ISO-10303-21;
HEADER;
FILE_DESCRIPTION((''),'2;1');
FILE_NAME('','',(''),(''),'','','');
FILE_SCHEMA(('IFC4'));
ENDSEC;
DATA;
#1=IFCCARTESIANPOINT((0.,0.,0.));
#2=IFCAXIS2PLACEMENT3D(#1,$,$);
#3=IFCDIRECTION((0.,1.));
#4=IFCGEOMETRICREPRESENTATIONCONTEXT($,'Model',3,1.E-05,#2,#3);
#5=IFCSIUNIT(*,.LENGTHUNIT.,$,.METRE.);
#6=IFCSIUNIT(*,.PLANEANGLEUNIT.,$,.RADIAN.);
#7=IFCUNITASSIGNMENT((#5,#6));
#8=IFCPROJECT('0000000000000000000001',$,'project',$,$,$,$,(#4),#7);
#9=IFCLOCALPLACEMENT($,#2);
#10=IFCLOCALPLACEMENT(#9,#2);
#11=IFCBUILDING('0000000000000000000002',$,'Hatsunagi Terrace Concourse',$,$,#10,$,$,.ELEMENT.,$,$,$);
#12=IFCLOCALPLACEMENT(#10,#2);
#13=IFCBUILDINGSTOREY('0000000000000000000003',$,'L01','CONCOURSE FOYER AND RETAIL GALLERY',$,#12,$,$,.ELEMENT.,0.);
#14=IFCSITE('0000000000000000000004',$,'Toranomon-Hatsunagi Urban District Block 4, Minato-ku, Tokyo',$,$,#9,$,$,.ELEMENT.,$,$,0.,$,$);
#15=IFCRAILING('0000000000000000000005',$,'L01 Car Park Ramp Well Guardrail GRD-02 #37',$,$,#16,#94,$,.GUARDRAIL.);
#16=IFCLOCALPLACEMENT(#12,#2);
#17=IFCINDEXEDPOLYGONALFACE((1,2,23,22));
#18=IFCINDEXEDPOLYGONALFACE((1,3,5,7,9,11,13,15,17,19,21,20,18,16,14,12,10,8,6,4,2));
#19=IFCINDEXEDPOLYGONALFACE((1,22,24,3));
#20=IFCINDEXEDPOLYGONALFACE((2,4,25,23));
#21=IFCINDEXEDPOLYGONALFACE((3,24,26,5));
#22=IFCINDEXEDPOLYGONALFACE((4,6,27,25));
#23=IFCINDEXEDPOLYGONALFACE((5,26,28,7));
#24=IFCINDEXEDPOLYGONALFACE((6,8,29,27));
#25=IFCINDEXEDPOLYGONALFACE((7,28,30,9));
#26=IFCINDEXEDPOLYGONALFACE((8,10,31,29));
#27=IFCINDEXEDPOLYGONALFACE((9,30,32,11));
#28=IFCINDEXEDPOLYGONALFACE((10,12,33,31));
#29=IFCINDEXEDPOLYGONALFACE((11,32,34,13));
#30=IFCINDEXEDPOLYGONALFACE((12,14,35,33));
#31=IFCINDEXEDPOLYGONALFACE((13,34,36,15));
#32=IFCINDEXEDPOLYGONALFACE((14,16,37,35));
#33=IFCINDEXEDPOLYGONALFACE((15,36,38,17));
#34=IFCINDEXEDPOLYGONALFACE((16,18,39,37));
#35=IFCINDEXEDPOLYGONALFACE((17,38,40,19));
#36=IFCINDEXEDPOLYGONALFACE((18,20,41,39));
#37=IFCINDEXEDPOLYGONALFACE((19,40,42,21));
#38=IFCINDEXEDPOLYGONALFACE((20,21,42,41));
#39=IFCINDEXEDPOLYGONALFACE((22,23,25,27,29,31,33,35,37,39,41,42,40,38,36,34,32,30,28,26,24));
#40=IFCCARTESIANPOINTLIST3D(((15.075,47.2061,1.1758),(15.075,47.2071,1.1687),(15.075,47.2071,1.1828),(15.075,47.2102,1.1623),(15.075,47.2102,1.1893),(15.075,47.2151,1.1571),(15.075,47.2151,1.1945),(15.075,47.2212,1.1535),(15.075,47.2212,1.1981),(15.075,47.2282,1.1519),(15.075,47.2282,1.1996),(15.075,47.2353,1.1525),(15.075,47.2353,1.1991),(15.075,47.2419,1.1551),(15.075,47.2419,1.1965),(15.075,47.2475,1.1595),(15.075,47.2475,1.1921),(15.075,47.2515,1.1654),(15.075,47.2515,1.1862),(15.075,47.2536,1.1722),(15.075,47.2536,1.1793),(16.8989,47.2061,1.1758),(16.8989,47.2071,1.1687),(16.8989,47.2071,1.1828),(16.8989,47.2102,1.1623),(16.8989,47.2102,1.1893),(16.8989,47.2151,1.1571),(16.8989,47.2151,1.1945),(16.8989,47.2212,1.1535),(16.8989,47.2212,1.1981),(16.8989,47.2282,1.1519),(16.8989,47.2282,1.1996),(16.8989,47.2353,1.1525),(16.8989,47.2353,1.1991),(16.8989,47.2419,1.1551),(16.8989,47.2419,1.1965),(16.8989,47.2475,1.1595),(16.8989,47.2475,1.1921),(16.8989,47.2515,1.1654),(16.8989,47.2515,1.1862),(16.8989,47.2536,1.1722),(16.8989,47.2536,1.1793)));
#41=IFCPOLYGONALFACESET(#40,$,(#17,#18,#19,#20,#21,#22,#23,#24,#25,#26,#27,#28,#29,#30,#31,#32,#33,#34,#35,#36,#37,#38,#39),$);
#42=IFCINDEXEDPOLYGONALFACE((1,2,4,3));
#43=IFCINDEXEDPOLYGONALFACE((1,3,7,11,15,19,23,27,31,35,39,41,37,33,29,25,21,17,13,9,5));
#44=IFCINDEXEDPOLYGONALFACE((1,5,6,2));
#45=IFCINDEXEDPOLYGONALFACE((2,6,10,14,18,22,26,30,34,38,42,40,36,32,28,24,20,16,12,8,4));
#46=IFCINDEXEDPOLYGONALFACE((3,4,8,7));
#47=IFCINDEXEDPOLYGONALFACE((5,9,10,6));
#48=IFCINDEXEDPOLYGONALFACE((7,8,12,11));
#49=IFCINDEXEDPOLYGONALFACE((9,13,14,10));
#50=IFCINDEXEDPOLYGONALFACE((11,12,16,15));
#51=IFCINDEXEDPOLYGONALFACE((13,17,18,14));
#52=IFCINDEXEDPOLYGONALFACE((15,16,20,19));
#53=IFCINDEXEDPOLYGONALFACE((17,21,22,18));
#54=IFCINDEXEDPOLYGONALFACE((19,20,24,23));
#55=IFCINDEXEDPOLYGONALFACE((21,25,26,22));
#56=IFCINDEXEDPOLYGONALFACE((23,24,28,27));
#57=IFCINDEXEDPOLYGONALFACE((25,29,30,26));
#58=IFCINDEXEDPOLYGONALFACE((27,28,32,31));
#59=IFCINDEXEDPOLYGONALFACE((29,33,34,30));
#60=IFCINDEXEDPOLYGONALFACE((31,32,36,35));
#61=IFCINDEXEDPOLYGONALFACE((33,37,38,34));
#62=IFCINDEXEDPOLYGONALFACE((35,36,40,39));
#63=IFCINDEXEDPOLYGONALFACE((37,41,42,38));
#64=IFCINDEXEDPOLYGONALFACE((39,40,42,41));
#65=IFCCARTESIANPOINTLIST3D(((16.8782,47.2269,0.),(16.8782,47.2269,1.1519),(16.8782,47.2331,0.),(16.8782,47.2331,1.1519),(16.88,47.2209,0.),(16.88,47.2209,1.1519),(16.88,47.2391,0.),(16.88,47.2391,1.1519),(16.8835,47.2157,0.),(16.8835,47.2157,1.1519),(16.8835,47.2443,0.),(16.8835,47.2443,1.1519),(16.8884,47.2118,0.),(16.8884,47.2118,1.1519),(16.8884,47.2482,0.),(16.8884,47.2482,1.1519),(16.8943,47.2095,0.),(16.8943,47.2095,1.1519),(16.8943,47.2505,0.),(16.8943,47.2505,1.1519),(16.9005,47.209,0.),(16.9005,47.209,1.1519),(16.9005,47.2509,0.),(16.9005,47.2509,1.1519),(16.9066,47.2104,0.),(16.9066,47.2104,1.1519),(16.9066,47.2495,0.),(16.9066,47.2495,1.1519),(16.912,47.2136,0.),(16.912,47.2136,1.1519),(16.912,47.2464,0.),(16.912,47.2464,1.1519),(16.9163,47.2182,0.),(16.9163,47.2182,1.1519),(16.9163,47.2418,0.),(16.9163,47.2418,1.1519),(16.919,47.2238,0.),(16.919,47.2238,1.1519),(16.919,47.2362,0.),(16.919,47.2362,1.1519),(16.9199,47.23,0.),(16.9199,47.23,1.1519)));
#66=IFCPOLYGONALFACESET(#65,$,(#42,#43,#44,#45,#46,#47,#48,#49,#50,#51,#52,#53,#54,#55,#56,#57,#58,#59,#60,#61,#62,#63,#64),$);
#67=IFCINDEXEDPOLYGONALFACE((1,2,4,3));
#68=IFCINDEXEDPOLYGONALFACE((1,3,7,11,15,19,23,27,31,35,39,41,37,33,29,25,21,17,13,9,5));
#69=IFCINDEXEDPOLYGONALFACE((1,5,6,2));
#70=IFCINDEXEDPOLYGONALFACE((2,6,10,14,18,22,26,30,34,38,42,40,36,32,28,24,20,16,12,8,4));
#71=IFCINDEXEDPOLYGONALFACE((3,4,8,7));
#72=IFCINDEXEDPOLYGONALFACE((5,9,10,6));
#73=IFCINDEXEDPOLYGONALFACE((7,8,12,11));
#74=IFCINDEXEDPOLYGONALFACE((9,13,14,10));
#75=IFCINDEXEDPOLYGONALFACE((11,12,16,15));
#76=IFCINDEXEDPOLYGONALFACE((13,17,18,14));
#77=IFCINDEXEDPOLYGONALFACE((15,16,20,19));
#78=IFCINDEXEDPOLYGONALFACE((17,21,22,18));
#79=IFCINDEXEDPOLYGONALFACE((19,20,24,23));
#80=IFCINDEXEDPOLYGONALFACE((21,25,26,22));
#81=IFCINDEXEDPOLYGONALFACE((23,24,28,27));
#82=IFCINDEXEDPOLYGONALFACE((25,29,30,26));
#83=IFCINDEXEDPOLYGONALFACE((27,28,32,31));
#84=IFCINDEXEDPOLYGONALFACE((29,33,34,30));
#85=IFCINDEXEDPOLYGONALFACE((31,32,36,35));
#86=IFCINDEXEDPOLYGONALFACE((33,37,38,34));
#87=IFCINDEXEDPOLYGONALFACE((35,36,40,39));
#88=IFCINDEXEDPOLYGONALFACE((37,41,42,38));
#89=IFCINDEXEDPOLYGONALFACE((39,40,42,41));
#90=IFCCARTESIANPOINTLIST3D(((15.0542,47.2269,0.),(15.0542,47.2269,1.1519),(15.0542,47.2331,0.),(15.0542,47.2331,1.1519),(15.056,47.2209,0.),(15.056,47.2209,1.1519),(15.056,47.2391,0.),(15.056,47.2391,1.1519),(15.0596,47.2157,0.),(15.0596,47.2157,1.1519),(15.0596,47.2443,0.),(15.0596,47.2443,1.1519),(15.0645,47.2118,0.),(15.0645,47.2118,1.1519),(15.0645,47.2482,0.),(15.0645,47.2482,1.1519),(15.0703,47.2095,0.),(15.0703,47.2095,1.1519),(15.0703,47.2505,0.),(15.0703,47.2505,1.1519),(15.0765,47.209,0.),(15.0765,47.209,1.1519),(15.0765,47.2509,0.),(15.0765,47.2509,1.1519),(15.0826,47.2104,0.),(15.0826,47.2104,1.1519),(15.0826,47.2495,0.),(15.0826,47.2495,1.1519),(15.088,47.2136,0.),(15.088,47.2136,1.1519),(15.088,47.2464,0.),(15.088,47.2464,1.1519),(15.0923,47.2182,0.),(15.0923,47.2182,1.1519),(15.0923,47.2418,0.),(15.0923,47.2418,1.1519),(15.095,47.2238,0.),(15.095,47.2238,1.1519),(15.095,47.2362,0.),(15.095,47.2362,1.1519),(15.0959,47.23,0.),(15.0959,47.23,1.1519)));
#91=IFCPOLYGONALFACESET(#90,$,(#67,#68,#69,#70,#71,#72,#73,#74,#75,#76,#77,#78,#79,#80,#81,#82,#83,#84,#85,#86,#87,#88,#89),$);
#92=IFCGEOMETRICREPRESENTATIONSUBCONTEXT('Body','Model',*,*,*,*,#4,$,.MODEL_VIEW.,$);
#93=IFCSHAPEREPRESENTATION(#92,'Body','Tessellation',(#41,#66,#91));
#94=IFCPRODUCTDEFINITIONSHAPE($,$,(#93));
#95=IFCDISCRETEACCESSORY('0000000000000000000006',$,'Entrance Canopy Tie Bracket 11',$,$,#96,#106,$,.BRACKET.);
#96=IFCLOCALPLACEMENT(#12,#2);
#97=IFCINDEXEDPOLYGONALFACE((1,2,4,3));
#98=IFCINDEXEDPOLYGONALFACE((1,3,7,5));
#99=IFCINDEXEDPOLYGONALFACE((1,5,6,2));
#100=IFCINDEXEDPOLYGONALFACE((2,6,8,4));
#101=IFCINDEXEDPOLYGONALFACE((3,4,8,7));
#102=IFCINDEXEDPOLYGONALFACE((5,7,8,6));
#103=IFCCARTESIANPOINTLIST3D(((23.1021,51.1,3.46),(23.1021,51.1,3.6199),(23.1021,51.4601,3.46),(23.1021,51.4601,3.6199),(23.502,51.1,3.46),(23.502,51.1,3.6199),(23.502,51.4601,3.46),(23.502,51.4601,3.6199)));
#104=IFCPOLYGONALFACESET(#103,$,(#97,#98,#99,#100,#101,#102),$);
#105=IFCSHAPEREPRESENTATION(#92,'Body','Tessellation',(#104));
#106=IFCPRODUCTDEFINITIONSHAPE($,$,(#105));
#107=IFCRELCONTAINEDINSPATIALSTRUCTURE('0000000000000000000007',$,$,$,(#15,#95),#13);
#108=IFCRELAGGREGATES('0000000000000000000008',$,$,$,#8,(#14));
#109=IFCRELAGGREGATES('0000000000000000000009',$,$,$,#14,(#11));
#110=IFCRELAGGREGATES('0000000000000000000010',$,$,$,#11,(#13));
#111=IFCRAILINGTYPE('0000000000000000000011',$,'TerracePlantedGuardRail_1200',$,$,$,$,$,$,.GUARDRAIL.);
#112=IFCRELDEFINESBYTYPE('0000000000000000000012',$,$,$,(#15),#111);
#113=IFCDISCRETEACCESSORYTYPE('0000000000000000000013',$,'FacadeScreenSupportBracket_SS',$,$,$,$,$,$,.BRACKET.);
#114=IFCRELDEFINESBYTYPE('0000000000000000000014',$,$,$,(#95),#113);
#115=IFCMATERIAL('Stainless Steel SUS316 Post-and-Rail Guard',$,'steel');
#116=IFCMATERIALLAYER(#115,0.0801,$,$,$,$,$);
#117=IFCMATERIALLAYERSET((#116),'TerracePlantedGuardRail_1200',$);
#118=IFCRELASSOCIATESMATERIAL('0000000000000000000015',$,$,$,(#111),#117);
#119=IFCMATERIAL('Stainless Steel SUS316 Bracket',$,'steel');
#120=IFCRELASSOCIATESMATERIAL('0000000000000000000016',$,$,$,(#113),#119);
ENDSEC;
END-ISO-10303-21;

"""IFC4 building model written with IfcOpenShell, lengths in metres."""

from ifc_helpers import new_model, si_unit, direction, frame, origin, origin_2d, place, context, subcontext, project, spatial, rectangle, circle, extrude, material, layer, layer_set, type_object, element, save


model = new_model("IFC4")

# Units and contexts
model_context = context("Model", 3, precision=1e-05, world=origin(), true_north=direction((0.0, 1.0)))
body_context = subcontext(model_context, "Body", "Model", "MODEL_VIEW")
ifc_project = project(units=[si_unit("LENGTHUNIT", "METRE"), si_unit("PLANEANGLEUNIT", "RADIAN")], contexts=[model_context])

# Site, building, storey
site_placement = place(None, origin())
site = spatial("IfcSite", under=ifc_project, at=site_placement, Name="Toranomon-Hatsunagi Urban District Block 4, Minato-ku, Tokyo", CompositionType="ELEMENT", RefElevation=0.0)
building_placement = place(site_placement, origin())
building = spatial("IfcBuilding", under=site, at=building_placement, Name="Hatsunagi Terrace Concourse", CompositionType="ELEMENT")
storey_placement = place(building_placement, origin())
storey = spatial("IfcBuildingStorey", under=building, at=storey_placement, Name="L01", Description="CONCOURSE FOYER AND RETAIL GALLERY", CompositionType="ELEMENT", Elevation=0.0)

# Railing
ifc_material_1 = material(Name="Stainless Steel SUS316 Post-and-Rail Guard", Category="steel")
ifc_layer_1 = layer(ifc_material_1, 0.0801)
ifc_layer_set_1 = layer_set([ifc_layer_1], Name="TerracePlantedGuardRail_1200")
railing_type = type_object("IfcRailingType", Name="TerracePlantedGuardRail_1200", PredefinedType="GUARDRAIL", material=ifc_layer_set_1)
railing_1_placement = place(storey_placement, frame((16.8989, 47.23, 0.0)))
element("IfcRailing", 1, at=railing_1_placement, inside=storey, type_object=railing_type, Name="L01 Car Park Ramp Well Guardrail GRD-02 #37", PredefinedType="GUARDRAIL", context=body_context, shape_type="SweptSolid", body=[
    extrude(circle(Radius=0.0239, at=origin_2d()), frame((0.0, 0.0, 1.1758), z_axis=(-1.0, 0.0, 0.0), x_axis=(0.0, -1.0, 0.0)), (0.0, 0.0, 1.0), 1.824),
    extrude(circle(Radius=0.021, at=origin_2d()), origin(), (0.0, 0.0, 1.0), 1.1519),
    extrude(circle(Radius=0.021, at=origin_2d()), frame((-1.824, 0.0, 0.0)), (0.0, 0.0, 1.0), 1.1519),
])

# Discrete accessory
ifc_material_2 = material(Name="Stainless Steel SUS316 Bracket", Category="steel")
discrete_accessory_type = type_object("IfcDiscreteAccessoryType", Name="FacadeScreenSupportBracket_SS", PredefinedType="BRACKET", material=ifc_material_2)
discrete_accessory_placement = place(storey_placement, frame((23.302, 51.28, 3.46), z_axis=(0.0, 0.0, 1.0), x_axis=(1.0, 0.0, 0.0)))
element("IfcDiscreteAccessory", 2, at=discrete_accessory_placement, inside=storey, type_object=discrete_accessory_type, Name="Entrance Canopy Tie Bracket 11", PredefinedType="BRACKET", context=body_context, shape_type="SweptSolid", body=[
    extrude(rectangle(XDim=0.3999, YDim=0.3601, at=origin_2d()), origin(), (0.0, 0.0, 1.0), 0.1599),
])

save(model, "model.ifc")
